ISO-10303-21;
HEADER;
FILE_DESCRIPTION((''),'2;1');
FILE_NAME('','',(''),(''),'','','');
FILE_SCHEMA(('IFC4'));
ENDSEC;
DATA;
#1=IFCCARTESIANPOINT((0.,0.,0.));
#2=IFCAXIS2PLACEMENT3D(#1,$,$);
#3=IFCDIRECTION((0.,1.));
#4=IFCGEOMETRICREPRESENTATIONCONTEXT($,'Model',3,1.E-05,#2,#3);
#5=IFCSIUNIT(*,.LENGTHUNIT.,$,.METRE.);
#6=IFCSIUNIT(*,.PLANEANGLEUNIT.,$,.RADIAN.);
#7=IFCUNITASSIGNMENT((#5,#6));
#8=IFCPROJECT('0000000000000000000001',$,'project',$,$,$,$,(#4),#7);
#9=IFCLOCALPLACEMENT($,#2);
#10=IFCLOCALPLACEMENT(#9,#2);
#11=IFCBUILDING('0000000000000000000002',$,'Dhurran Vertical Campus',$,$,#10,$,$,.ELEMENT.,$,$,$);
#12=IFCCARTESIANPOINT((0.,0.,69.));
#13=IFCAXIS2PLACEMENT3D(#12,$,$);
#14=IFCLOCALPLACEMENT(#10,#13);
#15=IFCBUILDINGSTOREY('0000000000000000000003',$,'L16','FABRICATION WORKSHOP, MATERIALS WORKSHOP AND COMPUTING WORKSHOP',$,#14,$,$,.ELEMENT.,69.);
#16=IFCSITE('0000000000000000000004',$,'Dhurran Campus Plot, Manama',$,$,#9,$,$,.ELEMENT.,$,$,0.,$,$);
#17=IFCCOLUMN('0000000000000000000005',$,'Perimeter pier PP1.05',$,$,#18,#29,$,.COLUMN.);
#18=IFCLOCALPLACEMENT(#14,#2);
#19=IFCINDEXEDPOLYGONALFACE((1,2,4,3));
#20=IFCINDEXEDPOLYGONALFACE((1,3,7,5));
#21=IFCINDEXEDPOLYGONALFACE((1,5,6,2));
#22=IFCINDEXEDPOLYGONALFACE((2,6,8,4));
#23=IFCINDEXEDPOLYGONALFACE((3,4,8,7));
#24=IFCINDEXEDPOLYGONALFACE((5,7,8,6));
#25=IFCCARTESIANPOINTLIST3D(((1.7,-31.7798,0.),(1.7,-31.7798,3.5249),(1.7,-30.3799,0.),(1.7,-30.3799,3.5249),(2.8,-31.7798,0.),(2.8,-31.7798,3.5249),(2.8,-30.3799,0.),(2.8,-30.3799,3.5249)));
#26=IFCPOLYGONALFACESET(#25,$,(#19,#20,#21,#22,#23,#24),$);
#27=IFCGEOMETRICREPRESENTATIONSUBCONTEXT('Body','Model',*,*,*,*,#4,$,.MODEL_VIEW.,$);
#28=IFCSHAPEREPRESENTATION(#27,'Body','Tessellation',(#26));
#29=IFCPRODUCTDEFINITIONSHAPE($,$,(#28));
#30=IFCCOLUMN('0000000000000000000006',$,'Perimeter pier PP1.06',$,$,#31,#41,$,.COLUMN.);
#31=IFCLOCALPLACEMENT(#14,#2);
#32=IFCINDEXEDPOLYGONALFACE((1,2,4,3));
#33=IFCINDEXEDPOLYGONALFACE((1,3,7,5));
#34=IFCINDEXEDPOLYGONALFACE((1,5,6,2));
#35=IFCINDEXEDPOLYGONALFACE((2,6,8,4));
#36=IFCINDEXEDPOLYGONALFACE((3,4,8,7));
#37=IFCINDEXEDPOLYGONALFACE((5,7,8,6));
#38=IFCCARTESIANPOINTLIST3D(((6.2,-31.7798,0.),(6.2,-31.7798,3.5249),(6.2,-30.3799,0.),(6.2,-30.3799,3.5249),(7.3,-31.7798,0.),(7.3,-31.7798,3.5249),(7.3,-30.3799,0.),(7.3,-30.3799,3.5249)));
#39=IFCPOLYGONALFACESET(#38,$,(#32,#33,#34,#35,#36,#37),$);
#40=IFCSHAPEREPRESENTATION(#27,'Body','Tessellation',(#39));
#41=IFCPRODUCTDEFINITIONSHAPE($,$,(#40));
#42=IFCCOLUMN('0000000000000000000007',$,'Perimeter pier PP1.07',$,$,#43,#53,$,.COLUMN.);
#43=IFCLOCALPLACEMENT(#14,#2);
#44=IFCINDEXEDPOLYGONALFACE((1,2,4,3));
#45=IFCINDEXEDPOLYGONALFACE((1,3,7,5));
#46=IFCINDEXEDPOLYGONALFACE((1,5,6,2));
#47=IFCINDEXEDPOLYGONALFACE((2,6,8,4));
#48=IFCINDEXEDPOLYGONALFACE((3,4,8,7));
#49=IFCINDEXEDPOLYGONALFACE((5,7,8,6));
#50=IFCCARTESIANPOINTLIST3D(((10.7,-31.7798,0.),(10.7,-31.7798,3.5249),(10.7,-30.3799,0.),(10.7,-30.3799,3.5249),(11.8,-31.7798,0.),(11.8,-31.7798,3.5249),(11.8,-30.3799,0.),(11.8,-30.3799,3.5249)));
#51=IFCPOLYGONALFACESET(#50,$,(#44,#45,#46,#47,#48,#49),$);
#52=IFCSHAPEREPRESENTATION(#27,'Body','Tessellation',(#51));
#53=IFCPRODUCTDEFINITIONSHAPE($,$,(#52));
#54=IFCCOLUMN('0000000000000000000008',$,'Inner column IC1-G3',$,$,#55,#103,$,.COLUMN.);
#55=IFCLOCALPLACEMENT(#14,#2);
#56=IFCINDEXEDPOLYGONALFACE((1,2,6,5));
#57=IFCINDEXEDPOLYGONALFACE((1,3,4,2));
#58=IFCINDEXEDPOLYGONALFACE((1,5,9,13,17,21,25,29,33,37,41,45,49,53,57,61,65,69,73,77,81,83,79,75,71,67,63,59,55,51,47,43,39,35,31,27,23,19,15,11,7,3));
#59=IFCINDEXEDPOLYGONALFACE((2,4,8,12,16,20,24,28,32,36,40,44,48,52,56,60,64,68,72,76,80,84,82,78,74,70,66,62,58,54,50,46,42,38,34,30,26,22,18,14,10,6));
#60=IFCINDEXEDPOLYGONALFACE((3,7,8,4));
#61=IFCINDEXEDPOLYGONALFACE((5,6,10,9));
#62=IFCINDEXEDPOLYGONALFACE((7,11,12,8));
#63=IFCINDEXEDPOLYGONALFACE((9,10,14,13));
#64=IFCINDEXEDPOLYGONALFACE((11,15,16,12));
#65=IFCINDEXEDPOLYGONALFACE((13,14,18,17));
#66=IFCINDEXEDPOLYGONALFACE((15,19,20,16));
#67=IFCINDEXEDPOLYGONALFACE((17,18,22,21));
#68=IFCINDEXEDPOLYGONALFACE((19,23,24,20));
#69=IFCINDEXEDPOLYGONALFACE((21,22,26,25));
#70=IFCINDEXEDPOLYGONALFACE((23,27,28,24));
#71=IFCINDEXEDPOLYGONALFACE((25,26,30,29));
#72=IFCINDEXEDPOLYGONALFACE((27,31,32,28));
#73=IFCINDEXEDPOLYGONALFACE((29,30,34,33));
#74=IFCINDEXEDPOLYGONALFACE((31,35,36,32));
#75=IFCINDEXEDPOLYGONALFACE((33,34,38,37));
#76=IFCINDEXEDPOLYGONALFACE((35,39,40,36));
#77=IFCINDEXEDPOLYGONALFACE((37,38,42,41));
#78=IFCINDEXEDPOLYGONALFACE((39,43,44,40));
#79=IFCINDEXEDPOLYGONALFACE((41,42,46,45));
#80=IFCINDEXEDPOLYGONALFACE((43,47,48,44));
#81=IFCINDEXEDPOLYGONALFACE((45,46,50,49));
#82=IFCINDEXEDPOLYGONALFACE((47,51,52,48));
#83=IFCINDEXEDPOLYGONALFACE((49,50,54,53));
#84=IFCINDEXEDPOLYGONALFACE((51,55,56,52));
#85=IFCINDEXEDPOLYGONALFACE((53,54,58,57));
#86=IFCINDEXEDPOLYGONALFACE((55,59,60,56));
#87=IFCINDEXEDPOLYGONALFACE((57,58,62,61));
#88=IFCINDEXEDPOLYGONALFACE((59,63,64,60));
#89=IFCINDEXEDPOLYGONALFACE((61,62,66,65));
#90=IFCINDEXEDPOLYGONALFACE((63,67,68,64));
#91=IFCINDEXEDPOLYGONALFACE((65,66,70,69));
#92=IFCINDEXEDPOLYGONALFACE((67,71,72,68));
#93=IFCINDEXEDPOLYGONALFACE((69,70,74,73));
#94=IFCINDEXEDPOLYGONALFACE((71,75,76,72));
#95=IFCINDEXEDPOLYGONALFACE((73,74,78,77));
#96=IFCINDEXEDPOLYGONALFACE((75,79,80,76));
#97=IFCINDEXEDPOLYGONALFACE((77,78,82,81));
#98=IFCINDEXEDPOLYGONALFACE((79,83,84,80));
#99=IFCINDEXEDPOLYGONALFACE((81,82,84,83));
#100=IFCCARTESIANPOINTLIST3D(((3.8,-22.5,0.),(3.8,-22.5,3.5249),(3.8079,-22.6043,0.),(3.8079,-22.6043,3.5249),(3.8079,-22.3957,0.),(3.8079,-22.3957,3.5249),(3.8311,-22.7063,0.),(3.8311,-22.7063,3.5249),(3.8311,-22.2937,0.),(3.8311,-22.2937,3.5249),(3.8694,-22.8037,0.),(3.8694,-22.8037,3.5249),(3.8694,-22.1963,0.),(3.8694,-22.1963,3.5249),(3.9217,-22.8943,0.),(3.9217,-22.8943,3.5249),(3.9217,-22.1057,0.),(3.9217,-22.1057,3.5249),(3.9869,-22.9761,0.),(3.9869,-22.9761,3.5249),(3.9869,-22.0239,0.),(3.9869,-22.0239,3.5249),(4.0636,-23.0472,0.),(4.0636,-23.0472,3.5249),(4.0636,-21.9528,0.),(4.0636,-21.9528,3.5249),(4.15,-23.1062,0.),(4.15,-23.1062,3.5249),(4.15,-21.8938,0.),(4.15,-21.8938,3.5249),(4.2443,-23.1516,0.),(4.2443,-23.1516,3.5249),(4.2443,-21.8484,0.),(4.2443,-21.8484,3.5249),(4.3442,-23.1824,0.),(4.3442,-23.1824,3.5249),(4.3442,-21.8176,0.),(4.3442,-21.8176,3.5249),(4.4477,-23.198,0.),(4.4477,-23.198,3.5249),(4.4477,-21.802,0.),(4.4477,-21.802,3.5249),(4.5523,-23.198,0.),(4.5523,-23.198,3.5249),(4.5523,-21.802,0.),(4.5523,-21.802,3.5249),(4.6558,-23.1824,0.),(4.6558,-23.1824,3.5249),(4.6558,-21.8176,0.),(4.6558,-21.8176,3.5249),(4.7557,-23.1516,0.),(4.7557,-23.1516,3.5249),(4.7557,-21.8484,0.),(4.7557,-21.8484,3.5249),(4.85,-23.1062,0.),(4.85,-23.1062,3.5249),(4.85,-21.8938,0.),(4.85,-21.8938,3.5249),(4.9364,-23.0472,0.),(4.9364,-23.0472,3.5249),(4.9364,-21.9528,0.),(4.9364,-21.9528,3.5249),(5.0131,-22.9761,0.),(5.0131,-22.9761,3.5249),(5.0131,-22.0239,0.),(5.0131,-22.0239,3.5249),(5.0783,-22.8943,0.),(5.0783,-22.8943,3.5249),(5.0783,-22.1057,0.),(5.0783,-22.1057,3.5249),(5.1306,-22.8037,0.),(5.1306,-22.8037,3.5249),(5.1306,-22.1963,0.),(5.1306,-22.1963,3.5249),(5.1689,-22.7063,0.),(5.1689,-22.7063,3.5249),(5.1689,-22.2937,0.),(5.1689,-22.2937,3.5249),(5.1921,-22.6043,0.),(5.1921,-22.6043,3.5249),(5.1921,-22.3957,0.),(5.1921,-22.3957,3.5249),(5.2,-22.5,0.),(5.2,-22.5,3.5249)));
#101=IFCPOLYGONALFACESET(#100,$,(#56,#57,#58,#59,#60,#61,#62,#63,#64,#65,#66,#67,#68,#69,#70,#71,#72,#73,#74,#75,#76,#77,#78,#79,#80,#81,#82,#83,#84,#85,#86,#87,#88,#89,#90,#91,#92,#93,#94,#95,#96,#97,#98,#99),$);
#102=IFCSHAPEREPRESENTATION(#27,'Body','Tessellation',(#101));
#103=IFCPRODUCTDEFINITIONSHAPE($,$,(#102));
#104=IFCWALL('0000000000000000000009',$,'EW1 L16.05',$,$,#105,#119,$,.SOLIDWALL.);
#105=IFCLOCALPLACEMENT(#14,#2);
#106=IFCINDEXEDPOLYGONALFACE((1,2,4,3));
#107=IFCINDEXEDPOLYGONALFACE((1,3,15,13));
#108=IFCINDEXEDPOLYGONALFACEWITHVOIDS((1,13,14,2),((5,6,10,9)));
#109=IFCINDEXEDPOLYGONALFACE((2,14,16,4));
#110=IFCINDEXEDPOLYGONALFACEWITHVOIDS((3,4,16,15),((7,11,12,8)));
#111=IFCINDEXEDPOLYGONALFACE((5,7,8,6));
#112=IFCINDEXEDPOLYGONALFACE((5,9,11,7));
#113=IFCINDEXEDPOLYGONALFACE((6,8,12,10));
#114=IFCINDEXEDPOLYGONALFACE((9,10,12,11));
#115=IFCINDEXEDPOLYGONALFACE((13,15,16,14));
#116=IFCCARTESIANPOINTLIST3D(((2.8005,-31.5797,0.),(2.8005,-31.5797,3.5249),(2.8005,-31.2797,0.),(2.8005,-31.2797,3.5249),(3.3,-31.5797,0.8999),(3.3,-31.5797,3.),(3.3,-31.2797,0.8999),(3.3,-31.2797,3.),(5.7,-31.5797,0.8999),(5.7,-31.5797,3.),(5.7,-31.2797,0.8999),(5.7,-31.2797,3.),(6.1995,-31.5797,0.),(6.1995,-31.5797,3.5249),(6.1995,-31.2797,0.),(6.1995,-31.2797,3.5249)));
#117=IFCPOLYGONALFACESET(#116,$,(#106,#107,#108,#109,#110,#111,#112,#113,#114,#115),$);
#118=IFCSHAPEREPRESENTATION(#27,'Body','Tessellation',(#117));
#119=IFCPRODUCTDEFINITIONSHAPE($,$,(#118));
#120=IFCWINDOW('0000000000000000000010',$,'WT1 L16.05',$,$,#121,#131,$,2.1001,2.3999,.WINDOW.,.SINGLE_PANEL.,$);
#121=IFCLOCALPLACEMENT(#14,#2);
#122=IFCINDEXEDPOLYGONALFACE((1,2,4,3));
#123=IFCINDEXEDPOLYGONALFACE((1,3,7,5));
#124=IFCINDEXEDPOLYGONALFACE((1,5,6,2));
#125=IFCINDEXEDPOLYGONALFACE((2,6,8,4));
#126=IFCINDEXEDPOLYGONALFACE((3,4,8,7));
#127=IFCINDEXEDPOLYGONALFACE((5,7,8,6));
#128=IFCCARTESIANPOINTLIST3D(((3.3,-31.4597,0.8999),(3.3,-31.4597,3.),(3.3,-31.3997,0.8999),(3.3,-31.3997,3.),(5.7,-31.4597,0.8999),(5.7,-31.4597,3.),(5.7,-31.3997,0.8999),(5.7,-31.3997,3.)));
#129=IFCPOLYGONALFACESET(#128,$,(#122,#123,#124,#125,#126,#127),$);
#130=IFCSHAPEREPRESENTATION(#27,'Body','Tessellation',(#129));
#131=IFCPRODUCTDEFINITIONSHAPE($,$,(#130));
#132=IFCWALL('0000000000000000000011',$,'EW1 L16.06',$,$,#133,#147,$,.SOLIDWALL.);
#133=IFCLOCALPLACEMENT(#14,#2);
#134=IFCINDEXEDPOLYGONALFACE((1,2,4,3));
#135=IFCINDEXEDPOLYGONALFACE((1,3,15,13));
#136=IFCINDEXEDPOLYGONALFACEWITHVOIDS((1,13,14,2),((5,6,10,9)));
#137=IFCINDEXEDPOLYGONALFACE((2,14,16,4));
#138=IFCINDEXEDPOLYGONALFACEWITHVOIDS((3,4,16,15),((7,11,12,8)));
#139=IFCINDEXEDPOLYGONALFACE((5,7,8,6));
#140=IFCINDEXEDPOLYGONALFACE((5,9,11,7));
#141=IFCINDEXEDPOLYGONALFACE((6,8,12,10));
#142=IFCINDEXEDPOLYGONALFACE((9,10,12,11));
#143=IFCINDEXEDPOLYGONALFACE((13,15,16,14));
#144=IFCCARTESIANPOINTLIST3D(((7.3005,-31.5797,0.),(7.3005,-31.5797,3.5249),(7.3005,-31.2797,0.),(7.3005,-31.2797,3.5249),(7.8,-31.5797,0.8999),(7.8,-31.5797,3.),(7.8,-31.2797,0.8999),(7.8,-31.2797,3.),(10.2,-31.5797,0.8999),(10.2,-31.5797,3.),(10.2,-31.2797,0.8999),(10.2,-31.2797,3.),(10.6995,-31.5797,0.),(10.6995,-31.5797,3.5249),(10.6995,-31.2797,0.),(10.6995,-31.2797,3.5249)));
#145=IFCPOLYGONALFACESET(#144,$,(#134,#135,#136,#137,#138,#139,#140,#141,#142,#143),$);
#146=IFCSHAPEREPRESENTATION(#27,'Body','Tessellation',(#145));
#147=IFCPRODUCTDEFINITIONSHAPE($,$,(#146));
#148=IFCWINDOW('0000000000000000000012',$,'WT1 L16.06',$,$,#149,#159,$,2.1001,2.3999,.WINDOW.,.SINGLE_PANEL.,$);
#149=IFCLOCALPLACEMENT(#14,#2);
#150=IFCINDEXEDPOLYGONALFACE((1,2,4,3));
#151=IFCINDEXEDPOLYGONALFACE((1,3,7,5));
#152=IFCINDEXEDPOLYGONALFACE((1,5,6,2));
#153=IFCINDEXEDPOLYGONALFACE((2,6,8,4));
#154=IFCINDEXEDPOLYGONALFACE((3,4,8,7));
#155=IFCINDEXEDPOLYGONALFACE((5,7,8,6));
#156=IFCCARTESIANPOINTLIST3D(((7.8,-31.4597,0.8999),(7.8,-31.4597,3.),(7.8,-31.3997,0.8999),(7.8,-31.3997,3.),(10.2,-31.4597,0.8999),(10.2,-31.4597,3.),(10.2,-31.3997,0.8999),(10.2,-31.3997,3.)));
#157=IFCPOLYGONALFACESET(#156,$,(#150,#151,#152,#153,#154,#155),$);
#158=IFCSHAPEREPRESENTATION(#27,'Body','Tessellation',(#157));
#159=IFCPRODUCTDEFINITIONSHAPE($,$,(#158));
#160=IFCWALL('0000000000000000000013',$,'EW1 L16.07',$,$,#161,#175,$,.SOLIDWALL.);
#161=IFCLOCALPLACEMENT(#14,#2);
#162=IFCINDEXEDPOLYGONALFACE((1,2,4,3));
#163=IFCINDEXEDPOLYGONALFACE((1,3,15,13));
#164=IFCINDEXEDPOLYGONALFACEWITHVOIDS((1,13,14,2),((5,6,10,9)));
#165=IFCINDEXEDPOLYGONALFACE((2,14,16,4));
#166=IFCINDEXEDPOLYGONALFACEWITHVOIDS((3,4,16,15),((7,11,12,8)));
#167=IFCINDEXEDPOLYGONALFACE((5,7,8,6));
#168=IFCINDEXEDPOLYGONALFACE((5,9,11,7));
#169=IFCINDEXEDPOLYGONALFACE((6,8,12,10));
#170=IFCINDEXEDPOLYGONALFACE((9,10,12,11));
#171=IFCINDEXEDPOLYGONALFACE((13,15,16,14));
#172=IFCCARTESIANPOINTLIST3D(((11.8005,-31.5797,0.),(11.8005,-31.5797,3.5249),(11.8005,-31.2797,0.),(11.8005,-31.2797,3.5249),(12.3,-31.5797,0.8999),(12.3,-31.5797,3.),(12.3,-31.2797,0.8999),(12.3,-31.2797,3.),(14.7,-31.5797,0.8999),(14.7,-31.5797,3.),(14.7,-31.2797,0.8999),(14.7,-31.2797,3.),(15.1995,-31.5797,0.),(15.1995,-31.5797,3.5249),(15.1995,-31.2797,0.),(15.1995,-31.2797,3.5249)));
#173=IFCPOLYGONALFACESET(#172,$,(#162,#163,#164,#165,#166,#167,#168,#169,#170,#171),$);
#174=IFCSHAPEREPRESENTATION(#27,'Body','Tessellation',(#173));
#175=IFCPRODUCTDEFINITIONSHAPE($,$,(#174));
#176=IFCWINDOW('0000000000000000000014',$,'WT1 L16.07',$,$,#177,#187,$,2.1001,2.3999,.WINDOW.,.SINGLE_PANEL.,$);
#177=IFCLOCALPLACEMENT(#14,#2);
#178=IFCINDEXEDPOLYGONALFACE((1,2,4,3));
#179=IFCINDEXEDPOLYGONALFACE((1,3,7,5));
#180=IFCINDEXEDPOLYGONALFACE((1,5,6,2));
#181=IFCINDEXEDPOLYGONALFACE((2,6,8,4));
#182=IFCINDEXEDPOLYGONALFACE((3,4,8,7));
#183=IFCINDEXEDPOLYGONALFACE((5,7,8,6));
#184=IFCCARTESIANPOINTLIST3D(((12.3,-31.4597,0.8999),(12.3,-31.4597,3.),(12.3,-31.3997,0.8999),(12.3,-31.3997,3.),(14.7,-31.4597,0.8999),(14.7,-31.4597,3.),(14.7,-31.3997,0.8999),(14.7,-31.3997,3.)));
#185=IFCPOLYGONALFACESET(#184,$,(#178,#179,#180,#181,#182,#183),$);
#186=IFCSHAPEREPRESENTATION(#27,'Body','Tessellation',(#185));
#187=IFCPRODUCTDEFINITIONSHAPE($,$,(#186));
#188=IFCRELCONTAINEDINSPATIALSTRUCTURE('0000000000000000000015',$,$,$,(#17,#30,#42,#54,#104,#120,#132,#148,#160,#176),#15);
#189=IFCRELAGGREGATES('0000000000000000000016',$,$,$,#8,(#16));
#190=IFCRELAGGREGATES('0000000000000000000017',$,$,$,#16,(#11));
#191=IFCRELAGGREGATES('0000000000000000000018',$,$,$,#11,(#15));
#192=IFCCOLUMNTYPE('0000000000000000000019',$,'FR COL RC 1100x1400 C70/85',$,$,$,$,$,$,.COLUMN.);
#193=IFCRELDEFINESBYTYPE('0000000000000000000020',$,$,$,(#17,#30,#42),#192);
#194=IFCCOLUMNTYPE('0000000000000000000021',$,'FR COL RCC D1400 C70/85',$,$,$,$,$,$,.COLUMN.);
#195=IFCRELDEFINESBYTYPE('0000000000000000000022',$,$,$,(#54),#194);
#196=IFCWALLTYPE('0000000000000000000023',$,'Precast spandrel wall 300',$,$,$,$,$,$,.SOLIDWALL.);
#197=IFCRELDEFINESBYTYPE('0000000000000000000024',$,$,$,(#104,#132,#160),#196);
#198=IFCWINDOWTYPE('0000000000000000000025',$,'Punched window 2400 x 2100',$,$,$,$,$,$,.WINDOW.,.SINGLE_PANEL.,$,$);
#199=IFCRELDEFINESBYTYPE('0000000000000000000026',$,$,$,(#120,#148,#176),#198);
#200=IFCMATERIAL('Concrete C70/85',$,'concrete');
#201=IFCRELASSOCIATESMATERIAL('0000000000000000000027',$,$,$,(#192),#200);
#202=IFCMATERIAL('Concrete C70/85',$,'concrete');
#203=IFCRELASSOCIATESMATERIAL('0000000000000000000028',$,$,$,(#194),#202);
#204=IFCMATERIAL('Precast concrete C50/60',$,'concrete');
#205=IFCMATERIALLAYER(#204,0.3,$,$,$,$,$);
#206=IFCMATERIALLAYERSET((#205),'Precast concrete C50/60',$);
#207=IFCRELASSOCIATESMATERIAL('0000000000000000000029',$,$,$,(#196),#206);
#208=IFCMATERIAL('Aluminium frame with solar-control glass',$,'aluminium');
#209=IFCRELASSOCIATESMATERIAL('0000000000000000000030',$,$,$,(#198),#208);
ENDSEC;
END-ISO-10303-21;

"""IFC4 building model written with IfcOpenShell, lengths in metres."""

from ifc_helpers import new_model, si_unit, direction, frame, frame_2d, origin, origin_2d, place, context, subcontext, project, spatial, rectangle, circle, extrude, material, layer, layer_set, material_profile, profile_set, type_object, element, fill, save


model = new_model("IFC4")

# Units and contexts
model_context = context("Model", 3, precision=1e-05, world=origin(), true_north=direction((0.0, 1.0)))
body_context = subcontext(model_context, "Body", "Model", "MODEL_VIEW")
ifc_project = project(units=[si_unit("LENGTHUNIT", "METRE"), si_unit("PLANEANGLEUNIT", "RADIAN")], contexts=[model_context])

# Site, building, storey
site_placement = place(None, origin())
site = spatial("IfcSite", under=ifc_project, at=site_placement, Name="Dhurran Campus Plot, Manama", CompositionType="ELEMENT", RefElevation=0.0)
building_placement = place(site_placement, origin())
building = spatial("IfcBuilding", under=site, at=building_placement, Name="Dhurran Vertical Campus", CompositionType="ELEMENT")
storey_placement = place(building_placement, frame((0.0, 0.0, 69.0)))
storey = spatial("IfcBuildingStorey", under=building, at=storey_placement, Name="L16", Description="FABRICATION WORKSHOP, MATERIALS WORKSHOP AND COMPUTING WORKSHOP", CompositionType="ELEMENT", Elevation=69.0)

# Columns
ifc_material_1 = material(Name="Concrete C70/85", Category="concrete")
ifc_material_profile_1 = material_profile(ifc_material_1, rectangle(XDim=1.1001, YDim=1.3999, at=origin_2d()), Name="RC 1100x1400")
ifc_profile_set_1 = profile_set([ifc_material_profile_1], Name="Concrete C70/85")
column_type_1 = type_object("IfcColumnType", Name="FR COL RC 1100x1400 C70/85", PredefinedType="COLUMN", material=ifc_profile_set_1)
for number, where, z_axis, x_axis, name in (
    (1, (2.25, -31.0798, 0.0), (0.0, 0.0, 1.0), (1.0, 0.0, 0.0), "Perimeter pier PP1.05"),
    (2, (6.75, -31.0798, 0.0), (0.0, 0.0, 1.0), (1.0, 0.0, 0.0), "Perimeter pier PP1.06"),
    (3, (11.25, -31.0798, 0.0), (0.0, 0.0, 1.0), (1.0, 0.0, 0.0), "Perimeter pier PP1.07"),
):
    element("IfcColumn", number, at=place(storey_placement, frame(where, z_axis=z_axis, x_axis=x_axis)), inside=storey, type_object=column_type_1, Name=name, PredefinedType="COLUMN", context=body_context, shape_type="SweptSolid", body=[
        extrude(rectangle(XDim=1.1001, YDim=1.3999, at=origin_2d()), origin(), (0.0, 0.0, 1.0), 3.5249),
    ])
ifc_material_2 = material(Name="Concrete C70/85", Category="concrete")
ifc_material_profile_2 = material_profile(ifc_material_2, circle(Radius=0.7, at=origin_2d()), Name="RCC D1400")
ifc_profile_set_2 = profile_set([ifc_material_profile_2], Name="Concrete C70/85")
column_type_2 = type_object("IfcColumnType", Name="FR COL RCC D1400 C70/85", PredefinedType="COLUMN", material=ifc_profile_set_2)
column_placement = place(storey_placement, frame((4.5, -22.5, 0.0), z_axis=(0.0, 0.0, 1.0), x_axis=(1.0, 0.0, 0.0)))
element("IfcColumn", 4, at=column_placement, inside=storey, type_object=column_type_2, Name="Inner column IC1-G3", PredefinedType="COLUMN", context=body_context, shape_type="SweptSolid", body=[
    extrude(circle(Radius=0.7, at=origin_2d()), origin(), (0.0, 0.0, 1.0), 3.5249),
])

# Walls, openings, windows
ifc_material_3 = material(Name="Precast concrete C50/60", Category="concrete")
ifc_layer_1 = layer(ifc_material_3, 0.3)
ifc_layer_set_1 = layer_set([ifc_layer_1], Name="Precast concrete C50/60")
wall_type_1 = type_object("IfcWallType", Name="Precast spandrel wall 300", PredefinedType="SOLIDWALL", material=ifc_layer_set_1)
wall_1_placement = place(storey_placement, frame((2.8005, -31.4297, 0.0), z_axis=(0.0, 0.0, 1.0), x_axis=(1.0, 0.0, 0.0)))
wall_1 = element("IfcWall", 5, at=wall_1_placement, inside=storey, type_object=wall_type_1, Name="EW1 L16.05", PredefinedType="SOLIDWALL", context=body_context, shape_type="SweptSolid", body=[
    extrude(rectangle(XDim=3.3989, YDim=0.3, at=frame_2d((1.6995, 0.0))), origin(), (0.0, 0.0, 1.0), 3.5249),
])
opening_1_placement = place(wall_1_placement, frame((0.4995, 0.0, 0.8999)))
opening_1 = element("IfcOpeningElement", 6, at=opening_1_placement, cuts=wall_1, PredefinedType="OPENING", context=body_context, shape_type="SweptSolid", body=[
    extrude(rectangle(XDim=2.3999, YDim=2.1001, at=frame_2d((1.2, 1.05))), frame((0.0, 0.1599, 0.0), z_axis=(0.0, -1.0, 0.0), x_axis=(1.0, 0.0, 0.0)), (0.0, 0.0, 1.0), 0.3201),
])
ifc_material_4 = material(Name="Aluminium frame with solar-control glass", Category="aluminium")
window_type = type_object("IfcWindowType", Name="Punched window 2400 x 2100", PartitioningType="SINGLE_PANEL", PredefinedType="WINDOW", material=ifc_material_4)
window_1_placement = place(opening_1_placement, origin())
window_1 = element("IfcWindow", 7, at=window_1_placement, inside=storey, type_object=window_type, Name="WT1 L16.05", OverallHeight=2.1001, OverallWidth=2.3999, PartitioningType="SINGLE_PANEL", PredefinedType="WINDOW", context=body_context, shape_type="SweptSolid", body=[
    extrude(rectangle(XDim=2.3999, YDim=2.1001, at=frame_2d((1.2, 1.05))), frame((0.0, 0.03, 0.0), z_axis=(0.0, -1.0, 0.0), x_axis=(1.0, 0.0, 0.0)), (0.0, 0.0, 1.0), 0.0601),
])
fill(opening_1, window_1)
wall_2_placement = place(storey_placement, frame((7.3005, -31.4297, 0.0), z_axis=(0.0, 0.0, 1.0), x_axis=(1.0, 0.0, 0.0)))
wall_2 = element("IfcWall", 8, at=wall_2_placement, inside=storey, type_object=wall_type_1, Name="EW1 L16.06", PredefinedType="SOLIDWALL", context=body_context, shape_type="SweptSolid", body=[
    extrude(rectangle(XDim=3.3989, YDim=0.3, at=frame_2d((1.6995, 0.0))), origin(), (0.0, 0.0, 1.0), 3.5249),
])
opening_2_placement = place(wall_2_placement, frame((0.4995, 0.0, 0.8999)))
opening_2 = element("IfcOpeningElement", 9, at=opening_2_placement, cuts=wall_2, PredefinedType="OPENING", context=body_context, shape_type="SweptSolid", body=[
    extrude(rectangle(XDim=2.3999, YDim=2.1001, at=frame_2d((1.2, 1.05))), frame((0.0, 0.1599, 0.0), z_axis=(0.0, -1.0, 0.0), x_axis=(1.0, 0.0, 0.0)), (0.0, 0.0, 1.0), 0.3201),
])
window_2_placement = place(opening_2_placement, origin())
window_2 = element("IfcWindow", 10, at=window_2_placement, inside=storey, type_object=window_type, Name="WT1 L16.06", OverallHeight=2.1001, OverallWidth=2.3999, PartitioningType="SINGLE_PANEL", PredefinedType="WINDOW", context=body_context, shape_type="SweptSolid", body=[
    extrude(rectangle(XDim=2.3999, YDim=2.1001, at=frame_2d((1.2, 1.05))), frame((0.0, 0.03, 0.0), z_axis=(0.0, -1.0, 0.0), x_axis=(1.0, 0.0, 0.0)), (0.0, 0.0, 1.0), 0.0601),
])
fill(opening_2, window_2)
wall_3_placement = place(storey_placement, frame((11.8005, -31.4297, 0.0), z_axis=(0.0, 0.0, 1.0), x_axis=(1.0, 0.0, 0.0)))
wall_3 = element("IfcWall", 11, at=wall_3_placement, inside=storey, type_object=wall_type_1, Name="EW1 L16.07", PredefinedType="SOLIDWALL", context=body_context, shape_type="SweptSolid", body=[
    extrude(rectangle(XDim=3.3989, YDim=0.3, at=frame_2d((1.6995, 0.0))), origin(), (0.0, 0.0, 1.0), 3.5249),
])
opening_3_placement = place(wall_3_placement, frame((0.4995, 0.0, 0.8999)))
opening_3 = element("IfcOpeningElement", 12, at=opening_3_placement, cuts=wall_3, PredefinedType="OPENING", context=body_context, shape_type="SweptSolid", body=[
    extrude(rectangle(XDim=2.3999, YDim=2.1001, at=frame_2d((1.2, 1.05))), frame((0.0, 0.1599, 0.0), z_axis=(0.0, -1.0, 0.0), x_axis=(1.0, 0.0, 0.0)), (0.0, 0.0, 1.0), 0.3201),
])
window_3_placement = place(opening_3_placement, origin())
window_3 = element("IfcWindow", 13, at=window_3_placement, inside=storey, type_object=window_type, Name="WT1 L16.07", OverallHeight=2.1001, OverallWidth=2.3999, PartitioningType="SINGLE_PANEL", PredefinedType="WINDOW", context=body_context, shape_type="SweptSolid", body=[
    extrude(rectangle(XDim=2.3999, YDim=2.1001, at=frame_2d((1.2, 1.05))), frame((0.0, 0.03, 0.0), z_axis=(0.0, -1.0, 0.0), x_axis=(1.0, 0.0, 0.0)), (0.0, 0.0, 1.0), 0.0601),
])
fill(opening_3, window_3)

save(model, "model.ifc")
